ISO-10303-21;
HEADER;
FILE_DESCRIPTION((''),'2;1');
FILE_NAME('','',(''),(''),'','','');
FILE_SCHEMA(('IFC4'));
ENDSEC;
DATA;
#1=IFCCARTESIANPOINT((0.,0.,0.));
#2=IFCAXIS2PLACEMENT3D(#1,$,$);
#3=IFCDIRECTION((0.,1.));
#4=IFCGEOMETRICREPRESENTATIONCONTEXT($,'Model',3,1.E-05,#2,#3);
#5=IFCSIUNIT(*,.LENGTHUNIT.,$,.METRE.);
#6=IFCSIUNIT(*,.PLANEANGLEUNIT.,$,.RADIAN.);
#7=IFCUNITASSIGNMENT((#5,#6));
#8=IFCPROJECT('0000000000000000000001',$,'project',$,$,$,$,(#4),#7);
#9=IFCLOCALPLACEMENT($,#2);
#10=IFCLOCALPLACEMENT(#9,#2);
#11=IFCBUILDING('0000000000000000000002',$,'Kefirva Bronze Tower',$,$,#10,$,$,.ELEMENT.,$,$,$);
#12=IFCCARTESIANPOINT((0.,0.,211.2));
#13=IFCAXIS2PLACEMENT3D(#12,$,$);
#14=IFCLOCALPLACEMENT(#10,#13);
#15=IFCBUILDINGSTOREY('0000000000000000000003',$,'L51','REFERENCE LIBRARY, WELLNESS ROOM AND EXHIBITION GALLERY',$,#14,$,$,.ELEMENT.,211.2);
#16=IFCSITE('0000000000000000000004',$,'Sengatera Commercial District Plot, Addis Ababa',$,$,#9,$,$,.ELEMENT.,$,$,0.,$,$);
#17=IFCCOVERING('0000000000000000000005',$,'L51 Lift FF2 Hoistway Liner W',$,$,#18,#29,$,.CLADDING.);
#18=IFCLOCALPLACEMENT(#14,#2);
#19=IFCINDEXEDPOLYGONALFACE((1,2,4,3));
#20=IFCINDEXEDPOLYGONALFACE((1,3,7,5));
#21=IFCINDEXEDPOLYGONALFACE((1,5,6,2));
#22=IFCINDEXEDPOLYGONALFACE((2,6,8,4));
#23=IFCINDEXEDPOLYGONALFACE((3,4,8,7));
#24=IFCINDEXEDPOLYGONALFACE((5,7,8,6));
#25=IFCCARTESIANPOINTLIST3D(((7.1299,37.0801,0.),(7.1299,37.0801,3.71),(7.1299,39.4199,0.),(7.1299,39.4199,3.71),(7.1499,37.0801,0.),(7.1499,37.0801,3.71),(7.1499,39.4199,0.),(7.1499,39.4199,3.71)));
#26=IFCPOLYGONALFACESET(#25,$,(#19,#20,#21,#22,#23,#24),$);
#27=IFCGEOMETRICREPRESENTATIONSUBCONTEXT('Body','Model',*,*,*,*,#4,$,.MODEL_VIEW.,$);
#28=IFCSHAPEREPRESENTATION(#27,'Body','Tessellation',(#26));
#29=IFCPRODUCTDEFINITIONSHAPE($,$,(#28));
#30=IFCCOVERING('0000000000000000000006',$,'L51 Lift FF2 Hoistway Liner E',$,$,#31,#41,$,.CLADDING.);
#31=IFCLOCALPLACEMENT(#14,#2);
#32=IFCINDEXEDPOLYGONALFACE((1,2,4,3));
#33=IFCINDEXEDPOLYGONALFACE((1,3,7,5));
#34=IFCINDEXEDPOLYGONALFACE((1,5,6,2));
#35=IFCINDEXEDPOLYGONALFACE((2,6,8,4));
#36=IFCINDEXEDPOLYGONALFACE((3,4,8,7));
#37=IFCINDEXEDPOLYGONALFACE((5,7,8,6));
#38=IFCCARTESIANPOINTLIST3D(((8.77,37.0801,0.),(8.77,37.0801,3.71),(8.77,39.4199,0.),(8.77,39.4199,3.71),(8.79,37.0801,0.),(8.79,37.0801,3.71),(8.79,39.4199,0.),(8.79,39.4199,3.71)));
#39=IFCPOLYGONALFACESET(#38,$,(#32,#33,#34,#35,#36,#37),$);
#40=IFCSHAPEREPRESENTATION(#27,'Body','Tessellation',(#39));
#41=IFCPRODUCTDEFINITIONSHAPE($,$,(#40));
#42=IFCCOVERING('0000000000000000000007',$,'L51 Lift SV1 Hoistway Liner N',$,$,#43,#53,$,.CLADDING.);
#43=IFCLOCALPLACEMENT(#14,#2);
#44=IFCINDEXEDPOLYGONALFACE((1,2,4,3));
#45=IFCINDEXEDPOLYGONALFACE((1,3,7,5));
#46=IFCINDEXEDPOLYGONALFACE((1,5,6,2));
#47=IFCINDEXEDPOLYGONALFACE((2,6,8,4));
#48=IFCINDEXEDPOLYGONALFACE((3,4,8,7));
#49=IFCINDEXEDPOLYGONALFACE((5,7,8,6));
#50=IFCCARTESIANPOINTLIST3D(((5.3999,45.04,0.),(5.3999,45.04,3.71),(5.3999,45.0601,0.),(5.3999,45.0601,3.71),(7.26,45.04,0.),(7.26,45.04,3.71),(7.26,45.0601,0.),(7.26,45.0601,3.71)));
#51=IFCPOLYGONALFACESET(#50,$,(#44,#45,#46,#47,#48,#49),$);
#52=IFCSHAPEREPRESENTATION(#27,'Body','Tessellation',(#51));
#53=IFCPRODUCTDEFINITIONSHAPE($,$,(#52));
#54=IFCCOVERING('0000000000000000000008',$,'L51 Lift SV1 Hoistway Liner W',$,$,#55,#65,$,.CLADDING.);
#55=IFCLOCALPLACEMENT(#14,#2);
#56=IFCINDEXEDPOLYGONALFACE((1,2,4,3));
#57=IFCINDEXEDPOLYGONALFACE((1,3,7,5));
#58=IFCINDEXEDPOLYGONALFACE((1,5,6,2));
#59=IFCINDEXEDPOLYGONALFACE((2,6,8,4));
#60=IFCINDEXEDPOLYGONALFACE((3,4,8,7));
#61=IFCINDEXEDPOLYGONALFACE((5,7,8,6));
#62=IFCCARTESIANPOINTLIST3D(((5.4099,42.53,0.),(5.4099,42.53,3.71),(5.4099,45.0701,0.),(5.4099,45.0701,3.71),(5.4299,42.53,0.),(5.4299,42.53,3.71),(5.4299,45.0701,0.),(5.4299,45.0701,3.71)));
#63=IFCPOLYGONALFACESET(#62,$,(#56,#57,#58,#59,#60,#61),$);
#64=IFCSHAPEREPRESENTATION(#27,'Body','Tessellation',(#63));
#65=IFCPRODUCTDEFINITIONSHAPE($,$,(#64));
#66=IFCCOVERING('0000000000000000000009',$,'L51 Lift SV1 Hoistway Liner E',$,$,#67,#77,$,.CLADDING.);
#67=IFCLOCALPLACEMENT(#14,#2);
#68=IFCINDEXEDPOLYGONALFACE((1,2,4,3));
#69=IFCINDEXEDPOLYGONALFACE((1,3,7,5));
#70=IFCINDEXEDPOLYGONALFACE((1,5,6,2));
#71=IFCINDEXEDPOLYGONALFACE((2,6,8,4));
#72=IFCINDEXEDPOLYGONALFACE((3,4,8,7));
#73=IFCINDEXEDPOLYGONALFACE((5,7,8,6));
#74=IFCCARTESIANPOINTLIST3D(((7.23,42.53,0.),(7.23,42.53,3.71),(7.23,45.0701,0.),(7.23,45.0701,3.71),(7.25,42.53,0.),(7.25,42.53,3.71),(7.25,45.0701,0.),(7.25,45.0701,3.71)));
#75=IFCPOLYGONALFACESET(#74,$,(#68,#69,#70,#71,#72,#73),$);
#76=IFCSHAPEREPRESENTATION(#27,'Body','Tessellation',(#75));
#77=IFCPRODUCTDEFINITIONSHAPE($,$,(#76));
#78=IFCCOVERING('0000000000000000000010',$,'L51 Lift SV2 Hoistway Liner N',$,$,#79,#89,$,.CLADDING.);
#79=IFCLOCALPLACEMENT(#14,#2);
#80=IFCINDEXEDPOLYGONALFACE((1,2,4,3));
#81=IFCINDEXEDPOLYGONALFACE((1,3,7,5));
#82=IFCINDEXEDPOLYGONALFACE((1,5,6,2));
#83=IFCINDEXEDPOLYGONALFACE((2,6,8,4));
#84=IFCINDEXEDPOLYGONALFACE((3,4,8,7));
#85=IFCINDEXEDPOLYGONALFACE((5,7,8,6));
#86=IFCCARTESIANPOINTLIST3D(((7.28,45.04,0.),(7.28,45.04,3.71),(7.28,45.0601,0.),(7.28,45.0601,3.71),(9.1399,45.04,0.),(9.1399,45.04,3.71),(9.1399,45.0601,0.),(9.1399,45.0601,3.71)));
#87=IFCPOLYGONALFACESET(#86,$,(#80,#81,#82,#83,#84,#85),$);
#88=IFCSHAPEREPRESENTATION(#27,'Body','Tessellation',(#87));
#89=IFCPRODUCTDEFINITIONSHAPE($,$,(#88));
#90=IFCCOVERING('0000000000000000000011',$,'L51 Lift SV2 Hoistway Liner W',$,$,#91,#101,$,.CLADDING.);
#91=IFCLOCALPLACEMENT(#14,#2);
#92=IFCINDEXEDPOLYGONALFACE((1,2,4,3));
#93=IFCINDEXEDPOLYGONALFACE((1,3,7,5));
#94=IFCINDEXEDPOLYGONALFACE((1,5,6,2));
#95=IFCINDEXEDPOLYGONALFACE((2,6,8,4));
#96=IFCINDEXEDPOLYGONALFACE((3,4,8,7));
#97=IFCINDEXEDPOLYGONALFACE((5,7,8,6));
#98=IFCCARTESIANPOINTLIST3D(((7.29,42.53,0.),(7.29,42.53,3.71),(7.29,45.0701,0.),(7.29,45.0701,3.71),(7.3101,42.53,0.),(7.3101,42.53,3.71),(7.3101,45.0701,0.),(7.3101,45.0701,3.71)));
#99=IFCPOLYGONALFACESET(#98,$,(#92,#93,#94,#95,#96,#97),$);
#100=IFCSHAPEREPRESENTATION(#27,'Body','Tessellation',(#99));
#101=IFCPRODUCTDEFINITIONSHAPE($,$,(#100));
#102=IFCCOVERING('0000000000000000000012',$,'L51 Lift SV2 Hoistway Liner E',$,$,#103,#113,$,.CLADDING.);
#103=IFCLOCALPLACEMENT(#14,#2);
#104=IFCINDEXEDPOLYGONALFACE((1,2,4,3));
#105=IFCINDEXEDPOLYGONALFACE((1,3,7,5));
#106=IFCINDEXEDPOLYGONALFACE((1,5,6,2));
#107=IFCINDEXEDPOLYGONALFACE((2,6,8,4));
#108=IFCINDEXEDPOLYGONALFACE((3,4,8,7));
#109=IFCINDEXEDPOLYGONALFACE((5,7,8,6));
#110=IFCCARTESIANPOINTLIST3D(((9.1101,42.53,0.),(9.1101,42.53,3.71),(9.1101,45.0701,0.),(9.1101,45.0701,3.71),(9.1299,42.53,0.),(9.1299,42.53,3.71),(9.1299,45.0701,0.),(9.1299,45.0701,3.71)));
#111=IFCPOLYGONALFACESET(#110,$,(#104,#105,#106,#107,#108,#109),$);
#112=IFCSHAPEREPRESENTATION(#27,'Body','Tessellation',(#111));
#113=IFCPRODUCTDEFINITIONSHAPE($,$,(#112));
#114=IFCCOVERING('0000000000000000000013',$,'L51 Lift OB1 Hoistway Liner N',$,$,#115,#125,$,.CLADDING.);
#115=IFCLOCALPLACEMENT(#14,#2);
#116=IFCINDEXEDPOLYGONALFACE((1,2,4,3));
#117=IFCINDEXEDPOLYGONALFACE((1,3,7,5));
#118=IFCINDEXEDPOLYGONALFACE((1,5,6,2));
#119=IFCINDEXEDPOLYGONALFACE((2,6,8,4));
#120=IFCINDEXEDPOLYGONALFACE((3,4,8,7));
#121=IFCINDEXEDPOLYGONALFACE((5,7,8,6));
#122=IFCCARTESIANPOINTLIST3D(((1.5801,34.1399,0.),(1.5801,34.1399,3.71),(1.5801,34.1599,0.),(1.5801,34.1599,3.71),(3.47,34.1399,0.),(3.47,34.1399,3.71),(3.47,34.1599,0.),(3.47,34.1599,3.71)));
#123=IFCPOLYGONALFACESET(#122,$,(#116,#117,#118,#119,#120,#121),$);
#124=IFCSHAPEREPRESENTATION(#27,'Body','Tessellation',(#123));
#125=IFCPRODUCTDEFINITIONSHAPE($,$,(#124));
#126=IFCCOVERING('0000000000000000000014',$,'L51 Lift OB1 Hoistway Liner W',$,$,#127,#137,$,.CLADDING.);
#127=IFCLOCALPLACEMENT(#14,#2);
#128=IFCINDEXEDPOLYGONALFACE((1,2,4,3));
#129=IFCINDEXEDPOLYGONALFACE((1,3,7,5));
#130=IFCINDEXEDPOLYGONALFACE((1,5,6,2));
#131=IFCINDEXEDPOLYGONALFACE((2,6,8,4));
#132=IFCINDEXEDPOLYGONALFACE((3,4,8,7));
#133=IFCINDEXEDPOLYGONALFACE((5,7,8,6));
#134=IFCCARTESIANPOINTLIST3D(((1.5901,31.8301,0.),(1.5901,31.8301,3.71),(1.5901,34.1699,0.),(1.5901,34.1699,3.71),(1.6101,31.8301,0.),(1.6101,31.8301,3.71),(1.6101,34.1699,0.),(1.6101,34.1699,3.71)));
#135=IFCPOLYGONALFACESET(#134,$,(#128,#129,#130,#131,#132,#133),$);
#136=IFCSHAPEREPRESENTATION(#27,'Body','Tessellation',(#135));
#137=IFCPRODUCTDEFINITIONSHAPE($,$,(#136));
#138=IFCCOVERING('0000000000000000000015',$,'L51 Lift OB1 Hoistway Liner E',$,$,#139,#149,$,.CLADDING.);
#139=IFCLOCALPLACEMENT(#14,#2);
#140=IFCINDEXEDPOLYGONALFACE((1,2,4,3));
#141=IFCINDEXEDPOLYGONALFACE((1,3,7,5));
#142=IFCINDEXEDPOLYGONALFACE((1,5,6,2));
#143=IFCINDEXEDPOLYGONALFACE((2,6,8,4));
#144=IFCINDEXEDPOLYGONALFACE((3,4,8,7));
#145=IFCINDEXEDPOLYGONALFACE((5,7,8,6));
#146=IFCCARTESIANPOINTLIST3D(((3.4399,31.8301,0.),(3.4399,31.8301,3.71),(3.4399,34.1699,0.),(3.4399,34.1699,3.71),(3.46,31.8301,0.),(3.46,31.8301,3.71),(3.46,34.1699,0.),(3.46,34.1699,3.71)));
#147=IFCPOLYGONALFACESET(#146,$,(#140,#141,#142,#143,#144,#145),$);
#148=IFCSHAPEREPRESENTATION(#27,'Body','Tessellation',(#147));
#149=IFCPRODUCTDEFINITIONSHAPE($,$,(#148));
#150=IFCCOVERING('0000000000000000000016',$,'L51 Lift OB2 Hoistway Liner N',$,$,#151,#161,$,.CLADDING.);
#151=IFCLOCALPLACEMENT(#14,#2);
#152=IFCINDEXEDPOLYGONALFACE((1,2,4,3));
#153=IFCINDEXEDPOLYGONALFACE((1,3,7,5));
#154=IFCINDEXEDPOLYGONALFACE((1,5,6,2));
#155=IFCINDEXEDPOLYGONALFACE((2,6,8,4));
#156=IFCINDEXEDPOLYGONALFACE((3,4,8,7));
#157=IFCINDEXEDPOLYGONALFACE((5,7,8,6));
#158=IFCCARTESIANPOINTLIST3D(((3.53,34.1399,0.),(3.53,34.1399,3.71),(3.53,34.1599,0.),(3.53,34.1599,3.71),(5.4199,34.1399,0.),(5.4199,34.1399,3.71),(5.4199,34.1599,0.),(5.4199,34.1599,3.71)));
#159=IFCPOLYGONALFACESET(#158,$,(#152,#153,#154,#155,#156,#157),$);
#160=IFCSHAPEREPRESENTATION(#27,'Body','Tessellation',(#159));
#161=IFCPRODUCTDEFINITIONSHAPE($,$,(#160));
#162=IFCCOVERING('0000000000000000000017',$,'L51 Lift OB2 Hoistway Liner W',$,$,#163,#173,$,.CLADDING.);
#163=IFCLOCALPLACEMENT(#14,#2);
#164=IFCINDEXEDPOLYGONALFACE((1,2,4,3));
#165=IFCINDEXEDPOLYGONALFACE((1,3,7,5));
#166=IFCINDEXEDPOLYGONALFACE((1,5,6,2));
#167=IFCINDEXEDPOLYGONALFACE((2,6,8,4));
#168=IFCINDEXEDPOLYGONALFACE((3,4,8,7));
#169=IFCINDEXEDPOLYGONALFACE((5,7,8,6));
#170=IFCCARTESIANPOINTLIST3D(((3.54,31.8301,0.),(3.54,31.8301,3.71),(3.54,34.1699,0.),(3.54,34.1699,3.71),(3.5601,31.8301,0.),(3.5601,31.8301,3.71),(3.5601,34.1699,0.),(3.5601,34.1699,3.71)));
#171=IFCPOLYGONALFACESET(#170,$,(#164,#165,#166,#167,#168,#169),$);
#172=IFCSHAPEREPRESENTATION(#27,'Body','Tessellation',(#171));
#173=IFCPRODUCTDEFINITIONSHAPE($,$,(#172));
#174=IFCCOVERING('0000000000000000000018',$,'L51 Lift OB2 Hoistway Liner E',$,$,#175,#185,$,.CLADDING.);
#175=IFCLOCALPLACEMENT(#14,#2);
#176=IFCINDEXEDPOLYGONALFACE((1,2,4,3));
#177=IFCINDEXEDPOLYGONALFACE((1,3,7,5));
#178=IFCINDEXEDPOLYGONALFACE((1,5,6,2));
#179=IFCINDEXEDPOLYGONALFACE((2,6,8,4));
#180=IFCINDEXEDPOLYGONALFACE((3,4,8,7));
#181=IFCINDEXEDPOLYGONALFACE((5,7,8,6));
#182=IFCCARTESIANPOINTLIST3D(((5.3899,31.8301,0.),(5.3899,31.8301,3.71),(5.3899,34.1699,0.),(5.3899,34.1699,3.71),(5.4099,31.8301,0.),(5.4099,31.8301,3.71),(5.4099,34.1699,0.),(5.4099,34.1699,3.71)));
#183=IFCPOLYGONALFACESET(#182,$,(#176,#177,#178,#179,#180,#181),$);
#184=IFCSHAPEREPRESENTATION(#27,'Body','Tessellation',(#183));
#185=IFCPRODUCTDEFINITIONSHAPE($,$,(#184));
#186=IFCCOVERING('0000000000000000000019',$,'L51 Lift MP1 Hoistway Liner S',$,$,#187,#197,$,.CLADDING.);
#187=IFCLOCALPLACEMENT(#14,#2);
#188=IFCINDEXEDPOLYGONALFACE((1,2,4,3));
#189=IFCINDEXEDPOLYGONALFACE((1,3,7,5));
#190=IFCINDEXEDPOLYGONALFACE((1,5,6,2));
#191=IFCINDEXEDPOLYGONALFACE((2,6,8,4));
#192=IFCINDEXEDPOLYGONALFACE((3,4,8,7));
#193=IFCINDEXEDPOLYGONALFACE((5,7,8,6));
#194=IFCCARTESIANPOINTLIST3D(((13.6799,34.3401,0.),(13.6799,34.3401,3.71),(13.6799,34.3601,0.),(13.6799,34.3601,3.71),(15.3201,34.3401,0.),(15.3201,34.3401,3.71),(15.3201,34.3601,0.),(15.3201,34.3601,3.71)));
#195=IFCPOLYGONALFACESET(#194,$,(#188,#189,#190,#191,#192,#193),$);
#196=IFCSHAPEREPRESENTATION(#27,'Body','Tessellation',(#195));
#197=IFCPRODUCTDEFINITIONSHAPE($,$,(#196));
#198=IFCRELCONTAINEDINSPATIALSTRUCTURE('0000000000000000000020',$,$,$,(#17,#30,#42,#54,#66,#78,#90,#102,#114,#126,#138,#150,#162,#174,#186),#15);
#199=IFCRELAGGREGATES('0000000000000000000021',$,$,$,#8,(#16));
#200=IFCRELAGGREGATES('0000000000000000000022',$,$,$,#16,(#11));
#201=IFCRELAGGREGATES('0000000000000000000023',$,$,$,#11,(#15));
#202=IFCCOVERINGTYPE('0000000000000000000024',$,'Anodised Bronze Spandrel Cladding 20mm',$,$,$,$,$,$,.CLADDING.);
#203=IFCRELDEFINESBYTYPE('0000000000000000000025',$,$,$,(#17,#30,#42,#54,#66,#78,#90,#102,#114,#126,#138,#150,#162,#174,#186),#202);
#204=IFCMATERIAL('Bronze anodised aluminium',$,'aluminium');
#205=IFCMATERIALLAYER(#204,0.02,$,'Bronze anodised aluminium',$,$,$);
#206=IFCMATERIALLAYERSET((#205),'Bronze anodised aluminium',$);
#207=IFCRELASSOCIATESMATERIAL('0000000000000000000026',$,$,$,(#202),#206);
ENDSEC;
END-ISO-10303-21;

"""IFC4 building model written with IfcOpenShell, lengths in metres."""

from ifc_helpers import new_model, si_unit, direction, frame, origin, place, context, subcontext, project, spatial, polyline, outline, extrude, material, layer, layer_set, type_object, element, save


model = new_model("IFC4")

# Units and contexts
model_context = context("Model", 3, precision=1e-05, world=origin(), true_north=direction((0.0, 1.0)))
body_context = subcontext(model_context, "Body", "Model", "MODEL_VIEW")
ifc_project = project(units=[si_unit("LENGTHUNIT", "METRE"), si_unit("PLANEANGLEUNIT", "RADIAN")], contexts=[model_context])

# Site, building, storey
site_placement = place(None, origin())
site = spatial("IfcSite", under=ifc_project, at=site_placement, Name="Sengatera Commercial District Plot, Addis Ababa", CompositionType="ELEMENT", RefElevation=0.0)
building_placement = place(site_placement, origin())
building = spatial("IfcBuilding", under=site, at=building_placement, Name="Kefirva Bronze Tower", CompositionType="ELEMENT")
storey_placement = place(building_placement, frame((0.0, 0.0, 211.2)))
storey = spatial("IfcBuildingStorey", under=building, at=storey_placement, Name="L51", Description="REFERENCE LIBRARY, WELLNESS ROOM AND EXHIBITION GALLERY", CompositionType="ELEMENT", Elevation=211.2)

# Coverings
ifc_material_1 = material(Name="Bronze anodised aluminium", Category="aluminium")
ifc_layer_1 = layer(ifc_material_1, 0.02, Name="Bronze anodised aluminium")
ifc_layer_set_1 = layer_set([ifc_layer_1], Name="Bronze anodised aluminium")
covering_type = type_object("IfcCoveringType", Name="Anodised Bronze Spandrel Cladding 20mm", PredefinedType="CLADDING", material=ifc_layer_set_1)
covering_1_placement = place(storey_placement, origin())
element("IfcCovering", 1, at=covering_1_placement, inside=storey, type_object=covering_type, Name="L51 Lift FF2 Hoistway Liner W", PredefinedType="CLADDING", context=body_context, shape_type="SweptSolid", body=[
    extrude(outline(polyline([(7.1299, 37.0801), (7.1499, 37.0801), (7.1499, 39.4199), (7.1299, 39.4199), (7.1299, 37.0801)])), origin(), (0.0, 0.0, 1.0), 3.71),
])
covering_2_placement = place(storey_placement, origin())
element("IfcCovering", 2, at=covering_2_placement, inside=storey, type_object=covering_type, Name="L51 Lift FF2 Hoistway Liner E", PredefinedType="CLADDING", context=body_context, shape_type="SweptSolid", body=[
    extrude(outline(polyline([(8.77, 37.0801), (8.79, 37.0801), (8.79, 39.4199), (8.77, 39.4199), (8.77, 37.0801)])), origin(), (0.0, 0.0, 1.0), 3.71),
])
covering_3_placement = place(storey_placement, origin())
element("IfcCovering", 3, at=covering_3_placement, inside=storey, type_object=covering_type, Name="L51 Lift SV1 Hoistway Liner N", PredefinedType="CLADDING", context=body_context, shape_type="SweptSolid", body=[
    extrude(outline(polyline([(5.3999, 45.04), (7.26, 45.04), (7.26, 45.0601), (5.3999, 45.0601), (5.3999, 45.04)])), origin(), (0.0, 0.0, 1.0), 3.71),
])
covering_4_placement = place(storey_placement, origin())
element("IfcCovering", 4, at=covering_4_placement, inside=storey, type_object=covering_type, Name="L51 Lift SV1 Hoistway Liner W", PredefinedType="CLADDING", context=body_context, shape_type="SweptSolid", body=[
    extrude(outline(polyline([(5.4099, 42.53), (5.4299, 42.53), (5.4299, 45.0701), (5.4099, 45.0701), (5.4099, 42.53)])), origin(), (0.0, 0.0, 1.0), 3.71),
])
covering_5_placement = place(storey_placement, origin())
element("IfcCovering", 5, at=covering_5_placement, inside=storey, type_object=covering_type, Name="L51 Lift SV1 Hoistway Liner E", PredefinedType="CLADDING", context=body_context, shape_type="SweptSolid", body=[
    extrude(outline(polyline([(7.23, 42.53), (7.25, 42.53), (7.25, 45.0701), (7.23, 45.0701), (7.23, 42.53)])), origin(), (0.0, 0.0, 1.0), 3.71),
])
covering_6_placement = place(storey_placement, origin())
element("IfcCovering", 6, at=covering_6_placement, inside=storey, type_object=covering_type, Name="L51 Lift SV2 Hoistway Liner N", PredefinedType="CLADDING", context=body_context, shape_type="SweptSolid", body=[
    extrude(outline(polyline([(7.28, 45.04), (9.1399, 45.04), (9.1399, 45.0601), (7.28, 45.0601), (7.28, 45.04)])), origin(), (0.0, 0.0, 1.0), 3.71),
])
covering_7_placement = place(storey_placement, origin())
element("IfcCovering", 7, at=covering_7_placement, inside=storey, type_object=covering_type, Name="L51 Lift SV2 Hoistway Liner W", PredefinedType="CLADDING", context=body_context, shape_type="SweptSolid", body=[
    extrude(outline(polyline([(7.29, 42.53), (7.3101, 42.53), (7.3101, 45.0701), (7.29, 45.0701), (7.29, 42.53)])), origin(), (0.0, 0.0, 1.0), 3.71),
])
covering_8_placement = place(storey_placement, origin())
element("IfcCovering", 8, at=covering_8_placement, inside=storey, type_object=covering_type, Name="L51 Lift SV2 Hoistway Liner E", PredefinedType="CLADDING", context=body_context, shape_type="SweptSolid", body=[
    extrude(outline(polyline([(9.1101, 42.53), (9.1299, 42.53), (9.1299, 45.0701), (9.1101, 45.0701), (9.1101, 42.53)])), origin(), (0.0, 0.0, 1.0), 3.71),
])
covering_9_placement = place(storey_placement, origin())
element("IfcCovering", 9, at=covering_9_placement, inside=storey, type_object=covering_type, Name="L51 Lift OB1 Hoistway Liner N", PredefinedType="CLADDING", context=body_context, shape_type="SweptSolid", body=[
    extrude(outline(polyline([(1.5801, 34.1399), (3.47, 34.1399), (3.47, 34.1599), (1.5801, 34.1599), (1.5801, 34.1399)])), origin(), (0.0, 0.0, 1.0), 3.71),
])
covering_10_placement = place(storey_placement, origin())
element("IfcCovering", 10, at=covering_10_placement, inside=storey, type_object=covering_type, Name="L51 Lift OB1 Hoistway Liner W", PredefinedType="CLADDING", context=body_context, shape_type="SweptSolid", body=[
    extrude(outline(polyline([(1.5901, 31.8301), (1.6101, 31.8301), (1.6101, 34.1699), (1.5901, 34.1699), (1.5901, 31.8301)])), origin(), (0.0, 0.0, 1.0), 3.71),
])
covering_11_placement = place(storey_placement, origin())
element("IfcCovering", 11, at=covering_11_placement, inside=storey, type_object=covering_type, Name="L51 Lift OB1 Hoistway Liner E", PredefinedType="CLADDING", context=body_context, shape_type="SweptSolid", body=[
    extrude(outline(polyline([(3.4399, 31.8301), (3.46, 31.8301), (3.46, 34.1699), (3.4399, 34.1699), (3.4399, 31.8301)])), origin(), (0.0, 0.0, 1.0), 3.71),
])
covering_12_placement = place(storey_placement, origin())
element("IfcCovering", 12, at=covering_12_placement, inside=storey, type_object=covering_type, Name="L51 Lift OB2 Hoistway Liner N", PredefinedType="CLADDING", context=body_context, shape_type="SweptSolid", body=[
    extrude(outline(polyline([(3.53, 34.1399), (5.4199, 34.1399), (5.4199, 34.1599), (3.53, 34.1599), (3.53, 34.1399)])), origin(), (0.0, 0.0, 1.0), 3.71),
])
covering_13_placement = place(storey_placement, origin())
element("IfcCovering", 13, at=covering_13_placement, inside=storey, type_object=covering_type, Name="L51 Lift OB2 Hoistway Liner W", PredefinedType="CLADDING", context=body_context, shape_type="SweptSolid", body=[
    extrude(outline(polyline([(3.54, 31.8301), (3.5601, 31.8301), (3.5601, 34.1699), (3.54, 34.1699), (3.54, 31.8301)])), origin(), (0.0, 0.0, 1.0), 3.71),
])
covering_14_placement = place(storey_placement, origin())
element("IfcCovering", 14, at=covering_14_placement, inside=storey, type_object=covering_type, Name="L51 Lift OB2 Hoistway Liner E", PredefinedType="CLADDING", context=body_context, shape_type="SweptSolid", body=[
    extrude(outline(polyline([(5.3899, 31.8301), (5.4099, 31.8301), (5.4099, 34.1699), (5.3899, 34.1699), (5.3899, 31.8301)])), origin(), (0.0, 0.0, 1.0), 3.71),
])
covering_15_placement = place(storey_placement, origin())
element("IfcCovering", 15, at=covering_15_placement, inside=storey, type_object=covering_type, Name="L51 Lift MP1 Hoistway Liner S", PredefinedType="CLADDING", context=body_context, shape_type="SweptSolid", body=[
    extrude(outline(polyline([(13.6799, 34.3401), (15.3201, 34.3401), (15.3201, 34.3601), (13.6799, 34.3601), (13.6799, 34.3401)])), origin(), (0.0, 0.0, 1.0), 3.71),
])

save(model, "model.ifc")
